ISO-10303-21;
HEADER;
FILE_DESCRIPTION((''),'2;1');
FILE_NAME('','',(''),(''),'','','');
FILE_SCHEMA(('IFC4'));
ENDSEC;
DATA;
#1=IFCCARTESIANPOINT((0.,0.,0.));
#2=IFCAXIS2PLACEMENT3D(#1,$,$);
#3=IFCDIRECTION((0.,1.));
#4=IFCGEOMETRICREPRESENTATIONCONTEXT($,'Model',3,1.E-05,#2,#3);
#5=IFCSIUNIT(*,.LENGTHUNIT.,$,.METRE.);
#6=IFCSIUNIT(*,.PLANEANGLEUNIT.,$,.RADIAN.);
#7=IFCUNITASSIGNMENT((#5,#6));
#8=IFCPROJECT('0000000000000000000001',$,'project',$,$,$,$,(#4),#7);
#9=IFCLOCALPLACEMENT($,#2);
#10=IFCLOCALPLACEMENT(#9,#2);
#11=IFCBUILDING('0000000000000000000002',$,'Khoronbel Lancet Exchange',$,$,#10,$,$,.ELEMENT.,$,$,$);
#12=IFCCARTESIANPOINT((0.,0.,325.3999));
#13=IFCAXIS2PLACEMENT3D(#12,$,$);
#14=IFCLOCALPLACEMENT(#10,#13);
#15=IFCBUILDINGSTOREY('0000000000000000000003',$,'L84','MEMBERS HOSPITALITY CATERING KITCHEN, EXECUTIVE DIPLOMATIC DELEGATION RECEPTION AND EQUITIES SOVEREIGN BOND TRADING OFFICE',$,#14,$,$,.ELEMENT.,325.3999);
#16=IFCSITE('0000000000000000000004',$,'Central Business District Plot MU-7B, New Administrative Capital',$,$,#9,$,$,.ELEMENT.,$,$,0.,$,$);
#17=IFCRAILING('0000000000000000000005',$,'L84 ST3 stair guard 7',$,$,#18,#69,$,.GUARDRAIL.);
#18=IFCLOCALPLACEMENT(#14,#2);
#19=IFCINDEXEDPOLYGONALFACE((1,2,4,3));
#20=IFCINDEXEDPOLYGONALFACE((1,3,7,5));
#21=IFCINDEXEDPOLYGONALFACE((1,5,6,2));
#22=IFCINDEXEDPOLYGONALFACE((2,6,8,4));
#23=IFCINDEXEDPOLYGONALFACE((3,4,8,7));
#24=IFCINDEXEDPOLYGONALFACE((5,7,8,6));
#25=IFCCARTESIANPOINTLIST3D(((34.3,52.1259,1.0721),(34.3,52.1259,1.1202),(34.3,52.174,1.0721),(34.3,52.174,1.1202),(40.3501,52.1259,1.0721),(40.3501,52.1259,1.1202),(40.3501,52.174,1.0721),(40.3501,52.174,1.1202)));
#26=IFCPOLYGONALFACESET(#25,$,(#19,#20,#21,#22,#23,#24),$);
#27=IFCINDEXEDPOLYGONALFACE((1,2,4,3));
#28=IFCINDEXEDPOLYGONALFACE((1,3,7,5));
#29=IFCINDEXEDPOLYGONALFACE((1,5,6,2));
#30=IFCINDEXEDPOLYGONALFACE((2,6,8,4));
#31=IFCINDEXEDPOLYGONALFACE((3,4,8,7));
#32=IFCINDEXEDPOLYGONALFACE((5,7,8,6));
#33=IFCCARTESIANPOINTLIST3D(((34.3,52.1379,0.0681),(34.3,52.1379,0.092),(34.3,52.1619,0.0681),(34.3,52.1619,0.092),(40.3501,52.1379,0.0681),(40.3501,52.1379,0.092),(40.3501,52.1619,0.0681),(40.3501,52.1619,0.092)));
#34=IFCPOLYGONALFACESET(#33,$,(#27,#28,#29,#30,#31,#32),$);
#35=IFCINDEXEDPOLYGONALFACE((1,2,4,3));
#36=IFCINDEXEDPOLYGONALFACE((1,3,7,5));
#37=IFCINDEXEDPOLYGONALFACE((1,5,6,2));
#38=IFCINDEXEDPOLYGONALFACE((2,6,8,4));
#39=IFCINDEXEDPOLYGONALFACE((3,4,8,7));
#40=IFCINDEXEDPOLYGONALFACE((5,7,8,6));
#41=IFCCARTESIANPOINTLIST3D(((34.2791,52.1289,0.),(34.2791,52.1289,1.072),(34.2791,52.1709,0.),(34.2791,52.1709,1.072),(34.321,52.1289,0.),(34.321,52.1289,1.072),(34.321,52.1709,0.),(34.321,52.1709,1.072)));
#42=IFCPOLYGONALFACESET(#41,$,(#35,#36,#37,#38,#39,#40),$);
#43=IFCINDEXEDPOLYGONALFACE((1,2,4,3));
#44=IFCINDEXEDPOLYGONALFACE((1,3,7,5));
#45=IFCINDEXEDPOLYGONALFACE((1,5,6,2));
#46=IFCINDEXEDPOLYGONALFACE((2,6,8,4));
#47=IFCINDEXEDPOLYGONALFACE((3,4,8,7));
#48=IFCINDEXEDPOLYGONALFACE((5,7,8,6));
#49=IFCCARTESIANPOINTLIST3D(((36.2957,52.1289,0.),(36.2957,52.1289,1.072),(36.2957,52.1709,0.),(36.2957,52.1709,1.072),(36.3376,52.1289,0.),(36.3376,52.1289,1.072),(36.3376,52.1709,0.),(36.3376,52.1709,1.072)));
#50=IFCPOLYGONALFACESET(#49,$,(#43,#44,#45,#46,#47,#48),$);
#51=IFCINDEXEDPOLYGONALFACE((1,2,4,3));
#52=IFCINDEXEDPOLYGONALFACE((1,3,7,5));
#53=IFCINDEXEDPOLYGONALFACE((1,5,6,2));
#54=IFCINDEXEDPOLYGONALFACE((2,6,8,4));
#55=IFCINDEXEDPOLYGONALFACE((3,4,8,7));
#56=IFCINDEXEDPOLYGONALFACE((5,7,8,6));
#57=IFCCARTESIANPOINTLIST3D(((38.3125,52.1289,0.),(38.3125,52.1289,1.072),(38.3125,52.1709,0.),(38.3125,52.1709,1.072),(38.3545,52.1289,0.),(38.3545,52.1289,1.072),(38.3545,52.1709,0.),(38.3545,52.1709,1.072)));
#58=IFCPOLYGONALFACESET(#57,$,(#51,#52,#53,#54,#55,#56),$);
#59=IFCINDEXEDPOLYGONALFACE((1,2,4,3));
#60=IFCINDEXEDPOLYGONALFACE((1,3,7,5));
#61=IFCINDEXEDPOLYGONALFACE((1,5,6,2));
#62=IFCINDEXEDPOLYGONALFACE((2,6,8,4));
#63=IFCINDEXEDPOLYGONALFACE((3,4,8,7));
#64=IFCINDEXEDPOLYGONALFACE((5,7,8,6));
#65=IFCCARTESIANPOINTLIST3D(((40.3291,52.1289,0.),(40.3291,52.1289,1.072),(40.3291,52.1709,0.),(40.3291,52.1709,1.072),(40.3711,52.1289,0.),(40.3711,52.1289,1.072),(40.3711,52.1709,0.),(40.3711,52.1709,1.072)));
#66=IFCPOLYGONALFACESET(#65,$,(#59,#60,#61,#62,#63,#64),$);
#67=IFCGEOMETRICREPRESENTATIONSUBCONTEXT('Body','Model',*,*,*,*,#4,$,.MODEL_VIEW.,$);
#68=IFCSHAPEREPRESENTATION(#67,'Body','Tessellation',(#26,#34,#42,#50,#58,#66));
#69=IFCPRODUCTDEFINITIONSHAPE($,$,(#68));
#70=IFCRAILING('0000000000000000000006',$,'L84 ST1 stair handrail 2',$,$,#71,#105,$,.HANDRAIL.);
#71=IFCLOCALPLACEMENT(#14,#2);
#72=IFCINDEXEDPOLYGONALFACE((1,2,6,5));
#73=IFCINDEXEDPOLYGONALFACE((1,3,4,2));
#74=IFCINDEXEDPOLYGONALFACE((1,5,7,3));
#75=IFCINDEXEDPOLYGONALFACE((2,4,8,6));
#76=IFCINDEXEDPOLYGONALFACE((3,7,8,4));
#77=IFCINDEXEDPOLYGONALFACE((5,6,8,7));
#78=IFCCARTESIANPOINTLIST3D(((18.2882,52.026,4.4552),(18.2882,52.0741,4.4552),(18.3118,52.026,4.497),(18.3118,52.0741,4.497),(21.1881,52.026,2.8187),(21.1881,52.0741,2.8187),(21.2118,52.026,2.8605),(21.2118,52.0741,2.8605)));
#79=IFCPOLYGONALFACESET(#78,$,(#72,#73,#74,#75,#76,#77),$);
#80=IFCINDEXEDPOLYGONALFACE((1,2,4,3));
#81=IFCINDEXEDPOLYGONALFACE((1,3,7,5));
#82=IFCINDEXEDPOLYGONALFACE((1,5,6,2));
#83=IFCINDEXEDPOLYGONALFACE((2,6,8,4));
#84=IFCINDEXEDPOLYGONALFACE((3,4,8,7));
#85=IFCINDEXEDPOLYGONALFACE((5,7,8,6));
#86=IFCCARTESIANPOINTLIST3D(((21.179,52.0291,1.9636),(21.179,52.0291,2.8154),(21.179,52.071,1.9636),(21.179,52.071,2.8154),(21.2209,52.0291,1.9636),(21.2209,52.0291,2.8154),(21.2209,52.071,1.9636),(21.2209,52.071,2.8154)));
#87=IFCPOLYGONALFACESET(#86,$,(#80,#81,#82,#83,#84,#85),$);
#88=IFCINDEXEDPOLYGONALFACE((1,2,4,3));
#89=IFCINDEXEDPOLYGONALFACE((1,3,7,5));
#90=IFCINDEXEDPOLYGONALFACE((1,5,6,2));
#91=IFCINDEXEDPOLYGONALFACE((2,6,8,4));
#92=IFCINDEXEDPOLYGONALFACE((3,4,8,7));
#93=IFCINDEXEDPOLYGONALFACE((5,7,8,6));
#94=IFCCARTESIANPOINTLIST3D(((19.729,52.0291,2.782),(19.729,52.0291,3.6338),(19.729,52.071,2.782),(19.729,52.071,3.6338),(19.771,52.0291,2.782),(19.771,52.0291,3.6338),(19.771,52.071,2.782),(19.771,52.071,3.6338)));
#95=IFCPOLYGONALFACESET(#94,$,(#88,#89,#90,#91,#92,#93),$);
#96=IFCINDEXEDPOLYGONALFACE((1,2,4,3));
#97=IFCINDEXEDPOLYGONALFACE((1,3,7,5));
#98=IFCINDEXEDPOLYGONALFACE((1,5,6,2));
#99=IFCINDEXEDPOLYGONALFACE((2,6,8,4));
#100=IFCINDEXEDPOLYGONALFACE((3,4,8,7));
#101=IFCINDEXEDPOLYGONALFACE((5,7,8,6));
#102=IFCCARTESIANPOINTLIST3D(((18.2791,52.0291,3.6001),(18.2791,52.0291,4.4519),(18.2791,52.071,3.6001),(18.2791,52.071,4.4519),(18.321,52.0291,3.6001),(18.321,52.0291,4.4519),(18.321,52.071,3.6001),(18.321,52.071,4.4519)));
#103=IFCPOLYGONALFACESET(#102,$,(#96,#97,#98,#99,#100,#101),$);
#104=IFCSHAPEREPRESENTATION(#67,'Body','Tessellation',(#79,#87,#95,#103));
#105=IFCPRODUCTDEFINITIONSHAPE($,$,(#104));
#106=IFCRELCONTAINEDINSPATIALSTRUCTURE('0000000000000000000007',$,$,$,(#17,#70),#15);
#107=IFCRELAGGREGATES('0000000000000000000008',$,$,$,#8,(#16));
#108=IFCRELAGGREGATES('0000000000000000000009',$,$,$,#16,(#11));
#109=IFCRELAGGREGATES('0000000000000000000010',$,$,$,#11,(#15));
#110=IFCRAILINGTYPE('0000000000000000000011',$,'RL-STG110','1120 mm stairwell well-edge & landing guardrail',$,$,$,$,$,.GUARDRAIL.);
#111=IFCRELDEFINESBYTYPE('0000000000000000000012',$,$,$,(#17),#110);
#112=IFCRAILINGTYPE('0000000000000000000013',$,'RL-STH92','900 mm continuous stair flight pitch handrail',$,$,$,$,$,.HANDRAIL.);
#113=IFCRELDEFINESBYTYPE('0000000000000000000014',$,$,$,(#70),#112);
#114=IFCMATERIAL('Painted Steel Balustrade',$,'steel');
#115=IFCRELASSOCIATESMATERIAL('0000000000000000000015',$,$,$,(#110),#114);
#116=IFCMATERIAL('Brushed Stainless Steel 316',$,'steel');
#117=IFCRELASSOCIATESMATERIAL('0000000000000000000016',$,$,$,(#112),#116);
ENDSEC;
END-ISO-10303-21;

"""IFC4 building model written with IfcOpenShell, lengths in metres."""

from ifc_helpers import new_model, si_unit, direction, frame, origin, origin_2d, place, context, subcontext, project, spatial, rectangle, extrude, material, type_object, element, save


model = new_model("IFC4")

# Units and contexts
model_context = context("Model", 3, precision=1e-05, world=origin(), true_north=direction((0.0, 1.0)))
body_context = subcontext(model_context, "Body", "Model", "MODEL_VIEW")
ifc_project = project(units=[si_unit("LENGTHUNIT", "METRE"), si_unit("PLANEANGLEUNIT", "RADIAN")], contexts=[model_context])

# Site, building, storey
site_placement = place(None, origin())
site = spatial("IfcSite", under=ifc_project, at=site_placement, Name="Central Business District Plot MU-7B, New Administrative Capital", CompositionType="ELEMENT", RefElevation=0.0)
building_placement = place(site_placement, origin())
building = spatial("IfcBuilding", under=site, at=building_placement, Name="Khoronbel Lancet Exchange", CompositionType="ELEMENT")
storey_placement = place(building_placement, frame((0.0, 0.0, 325.3999)))
storey = spatial("IfcBuildingStorey", under=building, at=storey_placement, Name="L84", Description="MEMBERS HOSPITALITY CATERING KITCHEN, EXECUTIVE DIPLOMATIC DELEGATION RECEPTION AND EQUITIES SOVEREIGN BOND TRADING OFFICE", CompositionType="ELEMENT", Elevation=325.3999)

# Railings
ifc_material_1 = material(Name="Painted Steel Balustrade", Category="steel")
railing_type_1 = type_object("IfcRailingType", Name="RL-STG110", Description="1120 mm stairwell well-edge & landing guardrail", PredefinedType="GUARDRAIL", material=ifc_material_1)
railing_1_placement = place(storey_placement, frame((34.3, 52.1499, 0.0)))
element("IfcRailing", 1, at=railing_1_placement, inside=storey, type_object=railing_type_1, Name="L84 ST3 stair guard 7", PredefinedType="GUARDRAIL", context=body_context, shape_type="SweptSolid", body=[
    extrude(rectangle(XDim=0.0481, YDim=0.0481, at=origin_2d()), frame((0.0, 0.0, 1.0962), z_axis=(1.0, 0.0, 0.0), x_axis=(0.0, 1.0, 0.0)), (0.0, 0.0, 1.0), 6.05),
    extrude(rectangle(XDim=0.0239, YDim=0.0239, at=origin_2d()), frame((0.0, 0.0, 0.0801), z_axis=(1.0, 0.0, 0.0), x_axis=(0.0, 1.0, 0.0)), (0.0, 0.0, 1.0), 6.05),
    extrude(rectangle(XDim=0.042, YDim=0.042, at=origin_2d()), origin(), (0.0, 0.0, 1.0), 1.072),
    extrude(rectangle(XDim=0.042, YDim=0.042, at=origin_2d()), frame((2.0166, 0.0, 0.0)), (0.0, 0.0, 1.0), 1.072),
    extrude(rectangle(XDim=0.042, YDim=0.042, at=origin_2d()), frame((4.0334, 0.0, 0.0)), (0.0, 0.0, 1.0), 1.072),
    extrude(rectangle(XDim=0.042, YDim=0.042, at=origin_2d()), frame((6.05, 0.0, 0.0)), (0.0, 0.0, 1.0), 1.072),
])
ifc_material_2 = material(Name="Brushed Stainless Steel 316", Category="steel")
railing_type_2 = type_object("IfcRailingType", Name="RL-STH92", Description="900 mm continuous stair flight pitch handrail", PredefinedType="HANDRAIL", material=ifc_material_2)
railing_2_placement = place(storey_placement, frame((21.2, 52.05, 1.9636)))
element("IfcRailing", 2, at=railing_2_placement, inside=storey, type_object=railing_type_2, Name="L84 ST1 stair handrail 2", PredefinedType="HANDRAIL", context=body_context, shape_type="SweptSolid", body=[
    extrude(rectangle(XDim=0.0481, YDim=0.0481, at=origin_2d()), frame((0.0, 0.0, 0.876), z_axis=(-0.870897, 0.0, 0.491465), x_axis=(0.0, -1.0, 0.0)), (0.0, 0.0, 1.0), 3.3298),
    extrude(rectangle(XDim=0.042, YDim=0.042, at=origin_2d()), origin(), (0.0, 0.0, 1.0), 0.8518),
    extrude(rectangle(XDim=0.042, YDim=0.042, at=origin_2d()), frame((-1.45, 0.0, 0.8184)), (0.0, 0.0, 1.0), 0.8518),
    extrude(rectangle(XDim=0.042, YDim=0.042, at=origin_2d()), frame((-2.8999, 0.0, 1.6365)), (0.0, 0.0, 1.0), 0.8518),
])

save(model, "model.ifc")
